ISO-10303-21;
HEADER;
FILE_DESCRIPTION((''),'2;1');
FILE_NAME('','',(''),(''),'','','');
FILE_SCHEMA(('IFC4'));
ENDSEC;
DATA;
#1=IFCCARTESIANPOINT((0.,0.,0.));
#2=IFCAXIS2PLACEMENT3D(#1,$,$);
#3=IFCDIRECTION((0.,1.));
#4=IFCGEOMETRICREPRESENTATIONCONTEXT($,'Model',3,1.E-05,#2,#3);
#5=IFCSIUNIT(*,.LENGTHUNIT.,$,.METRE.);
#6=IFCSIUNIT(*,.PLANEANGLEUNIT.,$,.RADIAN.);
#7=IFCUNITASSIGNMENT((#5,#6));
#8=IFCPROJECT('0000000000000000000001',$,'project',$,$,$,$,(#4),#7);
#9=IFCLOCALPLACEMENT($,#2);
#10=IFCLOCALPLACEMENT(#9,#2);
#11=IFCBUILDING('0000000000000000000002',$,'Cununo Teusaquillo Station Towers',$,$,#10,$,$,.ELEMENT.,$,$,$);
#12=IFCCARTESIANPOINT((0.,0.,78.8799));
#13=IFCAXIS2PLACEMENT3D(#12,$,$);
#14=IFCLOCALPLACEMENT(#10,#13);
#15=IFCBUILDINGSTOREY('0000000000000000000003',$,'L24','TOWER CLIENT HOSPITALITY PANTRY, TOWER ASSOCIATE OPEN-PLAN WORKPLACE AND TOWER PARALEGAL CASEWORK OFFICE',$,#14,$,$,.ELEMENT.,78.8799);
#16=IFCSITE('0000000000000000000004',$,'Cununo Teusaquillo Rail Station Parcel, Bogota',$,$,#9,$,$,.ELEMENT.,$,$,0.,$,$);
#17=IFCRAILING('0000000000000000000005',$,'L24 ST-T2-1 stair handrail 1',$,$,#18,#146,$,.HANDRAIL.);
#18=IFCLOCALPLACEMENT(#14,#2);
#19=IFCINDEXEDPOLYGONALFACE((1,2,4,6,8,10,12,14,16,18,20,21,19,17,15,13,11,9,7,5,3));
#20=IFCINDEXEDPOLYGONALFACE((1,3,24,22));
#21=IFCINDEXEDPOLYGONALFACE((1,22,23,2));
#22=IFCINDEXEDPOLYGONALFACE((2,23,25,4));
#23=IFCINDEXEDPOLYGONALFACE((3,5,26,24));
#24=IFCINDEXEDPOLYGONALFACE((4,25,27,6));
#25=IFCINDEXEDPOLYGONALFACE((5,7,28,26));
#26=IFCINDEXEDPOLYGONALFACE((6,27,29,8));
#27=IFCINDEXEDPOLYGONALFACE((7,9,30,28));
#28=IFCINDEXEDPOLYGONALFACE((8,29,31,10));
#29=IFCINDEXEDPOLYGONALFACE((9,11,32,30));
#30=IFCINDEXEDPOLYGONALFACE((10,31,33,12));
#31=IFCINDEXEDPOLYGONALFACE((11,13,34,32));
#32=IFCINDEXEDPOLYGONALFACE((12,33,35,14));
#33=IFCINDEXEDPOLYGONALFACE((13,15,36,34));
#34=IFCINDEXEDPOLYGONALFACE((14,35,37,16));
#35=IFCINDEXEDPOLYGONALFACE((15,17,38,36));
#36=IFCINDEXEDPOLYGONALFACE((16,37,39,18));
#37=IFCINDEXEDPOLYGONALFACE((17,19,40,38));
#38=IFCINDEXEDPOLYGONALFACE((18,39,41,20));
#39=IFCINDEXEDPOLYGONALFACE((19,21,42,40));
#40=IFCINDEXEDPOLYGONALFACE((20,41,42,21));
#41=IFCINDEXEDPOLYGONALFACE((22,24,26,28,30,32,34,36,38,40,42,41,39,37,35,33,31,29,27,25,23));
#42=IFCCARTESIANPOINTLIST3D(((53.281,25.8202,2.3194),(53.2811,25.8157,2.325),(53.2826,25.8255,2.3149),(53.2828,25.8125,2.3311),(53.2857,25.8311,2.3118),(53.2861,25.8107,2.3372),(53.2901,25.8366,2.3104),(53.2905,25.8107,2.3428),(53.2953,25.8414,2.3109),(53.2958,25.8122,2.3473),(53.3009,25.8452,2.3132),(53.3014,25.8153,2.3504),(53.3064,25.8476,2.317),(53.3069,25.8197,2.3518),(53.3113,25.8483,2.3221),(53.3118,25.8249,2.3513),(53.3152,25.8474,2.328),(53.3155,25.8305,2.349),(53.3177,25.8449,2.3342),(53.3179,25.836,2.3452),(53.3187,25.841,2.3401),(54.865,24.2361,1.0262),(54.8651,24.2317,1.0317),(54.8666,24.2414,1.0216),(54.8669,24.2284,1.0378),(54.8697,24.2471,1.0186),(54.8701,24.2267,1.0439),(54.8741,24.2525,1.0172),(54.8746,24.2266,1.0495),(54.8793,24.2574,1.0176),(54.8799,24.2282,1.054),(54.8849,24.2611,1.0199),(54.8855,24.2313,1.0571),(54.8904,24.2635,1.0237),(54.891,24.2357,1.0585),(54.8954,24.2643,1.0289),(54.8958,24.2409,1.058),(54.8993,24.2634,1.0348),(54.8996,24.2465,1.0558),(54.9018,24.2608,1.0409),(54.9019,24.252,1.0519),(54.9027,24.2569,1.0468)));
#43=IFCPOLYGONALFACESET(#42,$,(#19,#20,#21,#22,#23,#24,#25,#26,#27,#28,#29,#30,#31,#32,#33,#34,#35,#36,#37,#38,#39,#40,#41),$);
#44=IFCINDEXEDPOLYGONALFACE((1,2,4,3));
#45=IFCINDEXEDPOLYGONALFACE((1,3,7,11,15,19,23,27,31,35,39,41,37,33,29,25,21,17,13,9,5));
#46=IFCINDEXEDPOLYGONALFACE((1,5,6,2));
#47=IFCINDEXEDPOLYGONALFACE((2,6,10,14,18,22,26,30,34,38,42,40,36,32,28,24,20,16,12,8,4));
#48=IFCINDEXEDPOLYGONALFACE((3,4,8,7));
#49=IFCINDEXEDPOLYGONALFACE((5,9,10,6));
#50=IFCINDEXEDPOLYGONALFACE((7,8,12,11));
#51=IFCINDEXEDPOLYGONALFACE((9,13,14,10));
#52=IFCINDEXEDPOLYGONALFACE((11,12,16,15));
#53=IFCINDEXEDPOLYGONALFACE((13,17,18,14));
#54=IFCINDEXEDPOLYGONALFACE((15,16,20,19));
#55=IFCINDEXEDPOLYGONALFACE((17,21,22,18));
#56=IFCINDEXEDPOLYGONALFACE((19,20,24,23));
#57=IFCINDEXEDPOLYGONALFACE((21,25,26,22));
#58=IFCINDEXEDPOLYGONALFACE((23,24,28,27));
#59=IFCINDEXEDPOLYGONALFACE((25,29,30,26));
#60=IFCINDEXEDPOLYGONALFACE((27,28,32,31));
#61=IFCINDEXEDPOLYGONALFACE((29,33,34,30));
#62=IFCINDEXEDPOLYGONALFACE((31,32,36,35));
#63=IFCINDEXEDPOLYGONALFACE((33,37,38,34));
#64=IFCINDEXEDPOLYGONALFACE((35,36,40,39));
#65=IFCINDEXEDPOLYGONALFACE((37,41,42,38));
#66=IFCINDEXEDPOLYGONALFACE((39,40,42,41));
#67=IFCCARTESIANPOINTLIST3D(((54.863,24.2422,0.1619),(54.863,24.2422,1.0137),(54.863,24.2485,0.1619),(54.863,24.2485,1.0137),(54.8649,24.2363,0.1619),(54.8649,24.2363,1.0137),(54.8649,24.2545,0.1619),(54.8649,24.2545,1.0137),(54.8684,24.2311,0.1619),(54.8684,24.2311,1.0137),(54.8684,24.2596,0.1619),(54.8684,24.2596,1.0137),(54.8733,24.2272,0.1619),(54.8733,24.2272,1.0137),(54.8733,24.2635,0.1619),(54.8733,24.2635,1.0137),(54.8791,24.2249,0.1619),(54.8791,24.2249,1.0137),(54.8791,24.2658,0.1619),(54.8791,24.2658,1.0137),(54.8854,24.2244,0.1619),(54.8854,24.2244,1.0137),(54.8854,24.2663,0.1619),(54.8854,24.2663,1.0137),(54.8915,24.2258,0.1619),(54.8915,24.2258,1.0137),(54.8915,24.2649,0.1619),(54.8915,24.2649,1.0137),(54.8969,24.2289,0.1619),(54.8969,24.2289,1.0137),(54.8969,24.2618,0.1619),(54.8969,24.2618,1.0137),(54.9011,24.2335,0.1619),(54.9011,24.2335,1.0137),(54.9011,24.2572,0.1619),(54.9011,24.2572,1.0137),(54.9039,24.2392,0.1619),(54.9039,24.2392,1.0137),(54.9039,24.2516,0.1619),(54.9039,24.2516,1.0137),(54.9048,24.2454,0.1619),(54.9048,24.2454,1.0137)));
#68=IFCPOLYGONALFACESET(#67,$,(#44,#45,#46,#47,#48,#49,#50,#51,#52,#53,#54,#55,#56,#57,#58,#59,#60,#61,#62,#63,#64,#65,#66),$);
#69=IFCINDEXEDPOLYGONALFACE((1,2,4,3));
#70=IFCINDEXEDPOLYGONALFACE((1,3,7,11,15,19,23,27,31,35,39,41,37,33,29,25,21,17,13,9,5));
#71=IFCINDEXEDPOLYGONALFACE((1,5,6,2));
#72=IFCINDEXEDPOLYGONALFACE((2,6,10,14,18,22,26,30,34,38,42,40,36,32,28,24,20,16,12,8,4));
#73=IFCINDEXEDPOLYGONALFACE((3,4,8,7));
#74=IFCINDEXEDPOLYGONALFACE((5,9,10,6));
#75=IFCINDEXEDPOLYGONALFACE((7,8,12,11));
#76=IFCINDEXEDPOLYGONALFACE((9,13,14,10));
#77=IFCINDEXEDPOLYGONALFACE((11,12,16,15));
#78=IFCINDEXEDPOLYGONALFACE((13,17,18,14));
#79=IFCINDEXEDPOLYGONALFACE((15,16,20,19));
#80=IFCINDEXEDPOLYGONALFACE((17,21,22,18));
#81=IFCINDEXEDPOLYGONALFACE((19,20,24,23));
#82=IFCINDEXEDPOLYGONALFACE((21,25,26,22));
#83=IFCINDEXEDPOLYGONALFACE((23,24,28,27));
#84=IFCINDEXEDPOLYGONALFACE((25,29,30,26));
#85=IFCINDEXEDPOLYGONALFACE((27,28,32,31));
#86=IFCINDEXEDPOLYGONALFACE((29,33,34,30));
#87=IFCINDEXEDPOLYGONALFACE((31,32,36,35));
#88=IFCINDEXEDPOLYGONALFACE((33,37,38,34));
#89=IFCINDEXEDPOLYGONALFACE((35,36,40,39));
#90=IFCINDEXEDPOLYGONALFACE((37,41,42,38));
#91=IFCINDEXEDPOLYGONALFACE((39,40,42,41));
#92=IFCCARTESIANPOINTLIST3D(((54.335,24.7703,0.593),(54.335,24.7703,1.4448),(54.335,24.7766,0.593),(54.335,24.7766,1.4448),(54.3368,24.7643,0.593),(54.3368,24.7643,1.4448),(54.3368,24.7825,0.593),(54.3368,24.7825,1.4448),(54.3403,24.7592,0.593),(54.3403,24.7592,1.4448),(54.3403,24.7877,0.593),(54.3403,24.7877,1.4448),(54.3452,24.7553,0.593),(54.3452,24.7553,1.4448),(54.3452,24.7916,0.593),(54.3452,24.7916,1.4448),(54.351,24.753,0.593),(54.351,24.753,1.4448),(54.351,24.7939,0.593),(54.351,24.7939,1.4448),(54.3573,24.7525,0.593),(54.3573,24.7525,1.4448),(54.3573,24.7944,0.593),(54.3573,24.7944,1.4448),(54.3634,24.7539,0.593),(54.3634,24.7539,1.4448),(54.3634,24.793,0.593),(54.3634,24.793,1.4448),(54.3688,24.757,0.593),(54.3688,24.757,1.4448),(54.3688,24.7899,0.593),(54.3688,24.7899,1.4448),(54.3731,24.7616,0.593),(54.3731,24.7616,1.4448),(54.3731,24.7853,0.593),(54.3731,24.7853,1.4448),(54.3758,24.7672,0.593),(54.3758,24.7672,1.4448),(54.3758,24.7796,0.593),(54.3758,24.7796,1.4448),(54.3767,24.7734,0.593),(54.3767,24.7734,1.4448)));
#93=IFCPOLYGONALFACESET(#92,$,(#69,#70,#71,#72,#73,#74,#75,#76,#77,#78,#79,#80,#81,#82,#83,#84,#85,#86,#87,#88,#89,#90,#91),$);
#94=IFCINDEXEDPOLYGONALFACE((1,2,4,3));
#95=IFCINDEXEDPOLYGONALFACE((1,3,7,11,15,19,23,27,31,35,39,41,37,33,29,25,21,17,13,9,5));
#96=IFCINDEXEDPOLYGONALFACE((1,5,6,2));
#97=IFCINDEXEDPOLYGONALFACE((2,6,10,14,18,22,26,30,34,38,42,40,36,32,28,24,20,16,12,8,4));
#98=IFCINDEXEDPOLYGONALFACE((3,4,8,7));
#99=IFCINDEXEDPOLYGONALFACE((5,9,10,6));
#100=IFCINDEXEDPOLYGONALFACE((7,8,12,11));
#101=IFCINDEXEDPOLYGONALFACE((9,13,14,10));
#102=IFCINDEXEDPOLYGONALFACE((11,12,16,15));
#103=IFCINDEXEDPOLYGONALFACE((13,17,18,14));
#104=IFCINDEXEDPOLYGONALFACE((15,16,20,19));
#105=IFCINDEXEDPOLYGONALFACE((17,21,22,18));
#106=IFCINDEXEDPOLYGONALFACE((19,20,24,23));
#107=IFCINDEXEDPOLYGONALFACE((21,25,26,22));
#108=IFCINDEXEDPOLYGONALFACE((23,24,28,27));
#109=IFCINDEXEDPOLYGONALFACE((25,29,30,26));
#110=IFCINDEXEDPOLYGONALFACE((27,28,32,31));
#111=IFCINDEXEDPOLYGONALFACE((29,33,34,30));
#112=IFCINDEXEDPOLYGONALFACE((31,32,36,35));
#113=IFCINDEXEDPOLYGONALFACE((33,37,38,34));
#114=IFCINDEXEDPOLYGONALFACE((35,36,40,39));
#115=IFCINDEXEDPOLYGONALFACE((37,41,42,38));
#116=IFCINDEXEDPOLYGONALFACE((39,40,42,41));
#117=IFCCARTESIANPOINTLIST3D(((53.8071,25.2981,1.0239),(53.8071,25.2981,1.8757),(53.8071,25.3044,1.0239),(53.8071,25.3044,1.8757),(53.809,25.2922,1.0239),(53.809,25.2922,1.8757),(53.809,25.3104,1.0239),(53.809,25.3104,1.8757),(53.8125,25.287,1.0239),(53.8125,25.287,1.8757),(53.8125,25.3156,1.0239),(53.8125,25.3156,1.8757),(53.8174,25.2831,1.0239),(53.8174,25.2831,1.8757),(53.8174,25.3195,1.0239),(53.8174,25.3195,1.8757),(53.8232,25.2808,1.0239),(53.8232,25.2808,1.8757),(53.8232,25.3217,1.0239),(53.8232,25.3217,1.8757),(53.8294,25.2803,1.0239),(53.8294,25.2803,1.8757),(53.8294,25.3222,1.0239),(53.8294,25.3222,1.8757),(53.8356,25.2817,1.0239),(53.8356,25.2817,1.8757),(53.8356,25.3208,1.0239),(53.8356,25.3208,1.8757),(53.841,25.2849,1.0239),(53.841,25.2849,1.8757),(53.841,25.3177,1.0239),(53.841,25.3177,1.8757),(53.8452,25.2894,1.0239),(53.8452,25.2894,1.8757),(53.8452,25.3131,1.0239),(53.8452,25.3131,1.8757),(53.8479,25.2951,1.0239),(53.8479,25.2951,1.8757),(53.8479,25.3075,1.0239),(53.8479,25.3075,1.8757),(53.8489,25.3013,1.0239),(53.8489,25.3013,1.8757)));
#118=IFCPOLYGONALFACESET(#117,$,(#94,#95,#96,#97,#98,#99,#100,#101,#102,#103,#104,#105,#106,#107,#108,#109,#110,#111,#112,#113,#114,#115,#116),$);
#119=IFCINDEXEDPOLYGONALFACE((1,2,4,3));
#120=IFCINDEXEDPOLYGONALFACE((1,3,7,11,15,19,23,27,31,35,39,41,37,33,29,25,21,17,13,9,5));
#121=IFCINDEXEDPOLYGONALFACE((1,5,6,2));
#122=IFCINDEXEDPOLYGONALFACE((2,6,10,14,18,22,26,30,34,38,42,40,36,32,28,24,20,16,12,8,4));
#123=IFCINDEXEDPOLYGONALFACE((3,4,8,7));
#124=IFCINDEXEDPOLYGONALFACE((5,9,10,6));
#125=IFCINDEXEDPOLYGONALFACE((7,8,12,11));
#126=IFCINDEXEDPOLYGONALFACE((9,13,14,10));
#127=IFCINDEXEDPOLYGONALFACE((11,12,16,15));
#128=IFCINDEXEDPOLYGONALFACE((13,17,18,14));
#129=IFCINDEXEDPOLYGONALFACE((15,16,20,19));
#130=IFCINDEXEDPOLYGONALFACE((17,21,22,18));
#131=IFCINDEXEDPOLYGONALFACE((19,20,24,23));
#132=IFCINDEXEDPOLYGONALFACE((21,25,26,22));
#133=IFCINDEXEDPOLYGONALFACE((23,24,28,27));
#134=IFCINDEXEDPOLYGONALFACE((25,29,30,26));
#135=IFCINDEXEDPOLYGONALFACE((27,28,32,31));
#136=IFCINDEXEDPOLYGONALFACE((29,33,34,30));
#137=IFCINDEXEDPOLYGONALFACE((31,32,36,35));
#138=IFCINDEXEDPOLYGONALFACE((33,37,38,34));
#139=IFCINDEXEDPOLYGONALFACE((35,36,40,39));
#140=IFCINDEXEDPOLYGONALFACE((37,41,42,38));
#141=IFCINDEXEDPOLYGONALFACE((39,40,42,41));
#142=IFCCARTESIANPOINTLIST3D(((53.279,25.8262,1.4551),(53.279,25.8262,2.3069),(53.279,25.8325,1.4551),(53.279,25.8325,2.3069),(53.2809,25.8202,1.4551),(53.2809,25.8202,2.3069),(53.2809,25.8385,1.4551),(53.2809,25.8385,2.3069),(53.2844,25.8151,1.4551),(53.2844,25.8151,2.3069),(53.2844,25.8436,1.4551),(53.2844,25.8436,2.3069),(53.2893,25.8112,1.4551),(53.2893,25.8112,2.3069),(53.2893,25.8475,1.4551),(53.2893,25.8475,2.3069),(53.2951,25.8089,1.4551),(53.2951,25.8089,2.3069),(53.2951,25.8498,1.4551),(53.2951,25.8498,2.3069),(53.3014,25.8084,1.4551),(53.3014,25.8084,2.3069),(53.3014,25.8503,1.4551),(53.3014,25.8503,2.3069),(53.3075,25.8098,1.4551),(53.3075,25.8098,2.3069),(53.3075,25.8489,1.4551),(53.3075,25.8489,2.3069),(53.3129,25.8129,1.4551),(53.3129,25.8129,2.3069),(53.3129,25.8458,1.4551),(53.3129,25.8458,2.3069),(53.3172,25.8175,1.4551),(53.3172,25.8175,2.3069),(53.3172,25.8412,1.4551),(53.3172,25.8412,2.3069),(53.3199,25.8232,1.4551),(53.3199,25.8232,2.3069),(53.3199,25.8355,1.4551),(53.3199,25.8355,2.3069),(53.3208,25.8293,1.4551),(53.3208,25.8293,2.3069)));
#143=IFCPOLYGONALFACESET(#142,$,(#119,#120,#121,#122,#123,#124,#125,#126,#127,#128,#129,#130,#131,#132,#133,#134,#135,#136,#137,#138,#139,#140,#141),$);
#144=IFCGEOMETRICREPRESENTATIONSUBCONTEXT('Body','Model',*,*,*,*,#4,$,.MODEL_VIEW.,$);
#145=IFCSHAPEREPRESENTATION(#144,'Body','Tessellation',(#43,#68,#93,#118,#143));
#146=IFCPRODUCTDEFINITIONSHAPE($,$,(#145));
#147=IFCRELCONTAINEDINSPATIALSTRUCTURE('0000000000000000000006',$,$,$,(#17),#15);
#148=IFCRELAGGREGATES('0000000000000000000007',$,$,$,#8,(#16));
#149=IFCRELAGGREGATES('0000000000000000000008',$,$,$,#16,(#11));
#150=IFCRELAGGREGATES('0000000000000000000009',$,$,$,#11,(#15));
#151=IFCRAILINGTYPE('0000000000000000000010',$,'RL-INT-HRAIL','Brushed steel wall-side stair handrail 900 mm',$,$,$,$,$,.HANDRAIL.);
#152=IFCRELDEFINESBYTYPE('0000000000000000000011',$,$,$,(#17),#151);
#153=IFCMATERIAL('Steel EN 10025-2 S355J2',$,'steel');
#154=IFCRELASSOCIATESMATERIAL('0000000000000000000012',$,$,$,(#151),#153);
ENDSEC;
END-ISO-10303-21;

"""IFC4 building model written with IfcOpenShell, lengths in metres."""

from ifc_helpers import new_model, si_unit, direction, frame, origin, origin_2d, place, context, subcontext, project, spatial, circle, extrude, material, type_object, element, save


model = new_model("IFC4")

# Units and contexts
model_context = context("Model", 3, precision=1e-05, world=origin(), true_north=direction((0.0, 1.0)))
body_context = subcontext(model_context, "Body", "Model", "MODEL_VIEW")
ifc_project = project(units=[si_unit("LENGTHUNIT", "METRE"), si_unit("PLANEANGLEUNIT", "RADIAN")], contexts=[model_context])

# Site, building, storey
site_placement = place(None, origin())
site = spatial("IfcSite", under=ifc_project, at=site_placement, Name="Cununo Teusaquillo Rail Station Parcel, Bogota", CompositionType="ELEMENT", RefElevation=0.0)
building_placement = place(site_placement, origin())
building = spatial("IfcBuilding", under=site, at=building_placement, Name="Cununo Teusaquillo Station Towers", CompositionType="ELEMENT")
storey_placement = place(building_placement, frame((0.0, 0.0, 78.8799)))
storey = spatial("IfcBuildingStorey", under=building, at=storey_placement, Name="L24", Description="TOWER CLIENT HOSPITALITY PANTRY, TOWER ASSOCIATE OPEN-PLAN WORKPLACE AND TOWER PARALEGAL CASEWORK OFFICE", CompositionType="ELEMENT", Elevation=78.8799)

# Railing
ifc_material_1 = material(Name="Steel EN 10025-2 S355J2", Category="steel")
railing_type_1 = type_object("IfcRailingType", Name="RL-INT-HRAIL", Description="Brushed steel wall-side stair handrail 900 mm", PredefinedType="HANDRAIL", material=ifc_material_1)
railing_1_placement = place(storey_placement, frame((54.8838, 24.2454, 0.1619)))
element("IfcRailing", 1, at=railing_1_placement, inside=storey, type_object=railing_type_1, Name="L24 ST-T2-1 stair handrail 1", PredefinedType="HANDRAIL", context=body_context, shape_type="SweptSolid", body=[
    extrude(circle(Radius=0.0239, at=origin_2d()), frame((0.0, 0.0, 0.876), z_axis=(-0.612385, 0.612385, 0.49997), x_axis=(-0.707107, -0.707107, 0.0)), (0.0, 0.0, 1.0), 2.5867),
    extrude(circle(Radius=0.021, at=origin_2d()), origin(), (0.0, 0.0, 1.0), 0.8518),
    extrude(circle(Radius=0.021, at=origin_2d()), frame((-0.5281, 0.5281, 0.4312)), (0.0, 0.0, 1.0), 0.8518),
    extrude(circle(Radius=0.021, at=origin_2d()), frame((-1.0559, 1.0559, 0.8621)), (0.0, 0.0, 1.0), 0.8518),
    extrude(circle(Radius=0.021, at=origin_2d()), frame((-1.584, 1.584, 1.2932)), (0.0, 0.0, 1.0), 0.8518),
])

save(model, "model.ifc")
